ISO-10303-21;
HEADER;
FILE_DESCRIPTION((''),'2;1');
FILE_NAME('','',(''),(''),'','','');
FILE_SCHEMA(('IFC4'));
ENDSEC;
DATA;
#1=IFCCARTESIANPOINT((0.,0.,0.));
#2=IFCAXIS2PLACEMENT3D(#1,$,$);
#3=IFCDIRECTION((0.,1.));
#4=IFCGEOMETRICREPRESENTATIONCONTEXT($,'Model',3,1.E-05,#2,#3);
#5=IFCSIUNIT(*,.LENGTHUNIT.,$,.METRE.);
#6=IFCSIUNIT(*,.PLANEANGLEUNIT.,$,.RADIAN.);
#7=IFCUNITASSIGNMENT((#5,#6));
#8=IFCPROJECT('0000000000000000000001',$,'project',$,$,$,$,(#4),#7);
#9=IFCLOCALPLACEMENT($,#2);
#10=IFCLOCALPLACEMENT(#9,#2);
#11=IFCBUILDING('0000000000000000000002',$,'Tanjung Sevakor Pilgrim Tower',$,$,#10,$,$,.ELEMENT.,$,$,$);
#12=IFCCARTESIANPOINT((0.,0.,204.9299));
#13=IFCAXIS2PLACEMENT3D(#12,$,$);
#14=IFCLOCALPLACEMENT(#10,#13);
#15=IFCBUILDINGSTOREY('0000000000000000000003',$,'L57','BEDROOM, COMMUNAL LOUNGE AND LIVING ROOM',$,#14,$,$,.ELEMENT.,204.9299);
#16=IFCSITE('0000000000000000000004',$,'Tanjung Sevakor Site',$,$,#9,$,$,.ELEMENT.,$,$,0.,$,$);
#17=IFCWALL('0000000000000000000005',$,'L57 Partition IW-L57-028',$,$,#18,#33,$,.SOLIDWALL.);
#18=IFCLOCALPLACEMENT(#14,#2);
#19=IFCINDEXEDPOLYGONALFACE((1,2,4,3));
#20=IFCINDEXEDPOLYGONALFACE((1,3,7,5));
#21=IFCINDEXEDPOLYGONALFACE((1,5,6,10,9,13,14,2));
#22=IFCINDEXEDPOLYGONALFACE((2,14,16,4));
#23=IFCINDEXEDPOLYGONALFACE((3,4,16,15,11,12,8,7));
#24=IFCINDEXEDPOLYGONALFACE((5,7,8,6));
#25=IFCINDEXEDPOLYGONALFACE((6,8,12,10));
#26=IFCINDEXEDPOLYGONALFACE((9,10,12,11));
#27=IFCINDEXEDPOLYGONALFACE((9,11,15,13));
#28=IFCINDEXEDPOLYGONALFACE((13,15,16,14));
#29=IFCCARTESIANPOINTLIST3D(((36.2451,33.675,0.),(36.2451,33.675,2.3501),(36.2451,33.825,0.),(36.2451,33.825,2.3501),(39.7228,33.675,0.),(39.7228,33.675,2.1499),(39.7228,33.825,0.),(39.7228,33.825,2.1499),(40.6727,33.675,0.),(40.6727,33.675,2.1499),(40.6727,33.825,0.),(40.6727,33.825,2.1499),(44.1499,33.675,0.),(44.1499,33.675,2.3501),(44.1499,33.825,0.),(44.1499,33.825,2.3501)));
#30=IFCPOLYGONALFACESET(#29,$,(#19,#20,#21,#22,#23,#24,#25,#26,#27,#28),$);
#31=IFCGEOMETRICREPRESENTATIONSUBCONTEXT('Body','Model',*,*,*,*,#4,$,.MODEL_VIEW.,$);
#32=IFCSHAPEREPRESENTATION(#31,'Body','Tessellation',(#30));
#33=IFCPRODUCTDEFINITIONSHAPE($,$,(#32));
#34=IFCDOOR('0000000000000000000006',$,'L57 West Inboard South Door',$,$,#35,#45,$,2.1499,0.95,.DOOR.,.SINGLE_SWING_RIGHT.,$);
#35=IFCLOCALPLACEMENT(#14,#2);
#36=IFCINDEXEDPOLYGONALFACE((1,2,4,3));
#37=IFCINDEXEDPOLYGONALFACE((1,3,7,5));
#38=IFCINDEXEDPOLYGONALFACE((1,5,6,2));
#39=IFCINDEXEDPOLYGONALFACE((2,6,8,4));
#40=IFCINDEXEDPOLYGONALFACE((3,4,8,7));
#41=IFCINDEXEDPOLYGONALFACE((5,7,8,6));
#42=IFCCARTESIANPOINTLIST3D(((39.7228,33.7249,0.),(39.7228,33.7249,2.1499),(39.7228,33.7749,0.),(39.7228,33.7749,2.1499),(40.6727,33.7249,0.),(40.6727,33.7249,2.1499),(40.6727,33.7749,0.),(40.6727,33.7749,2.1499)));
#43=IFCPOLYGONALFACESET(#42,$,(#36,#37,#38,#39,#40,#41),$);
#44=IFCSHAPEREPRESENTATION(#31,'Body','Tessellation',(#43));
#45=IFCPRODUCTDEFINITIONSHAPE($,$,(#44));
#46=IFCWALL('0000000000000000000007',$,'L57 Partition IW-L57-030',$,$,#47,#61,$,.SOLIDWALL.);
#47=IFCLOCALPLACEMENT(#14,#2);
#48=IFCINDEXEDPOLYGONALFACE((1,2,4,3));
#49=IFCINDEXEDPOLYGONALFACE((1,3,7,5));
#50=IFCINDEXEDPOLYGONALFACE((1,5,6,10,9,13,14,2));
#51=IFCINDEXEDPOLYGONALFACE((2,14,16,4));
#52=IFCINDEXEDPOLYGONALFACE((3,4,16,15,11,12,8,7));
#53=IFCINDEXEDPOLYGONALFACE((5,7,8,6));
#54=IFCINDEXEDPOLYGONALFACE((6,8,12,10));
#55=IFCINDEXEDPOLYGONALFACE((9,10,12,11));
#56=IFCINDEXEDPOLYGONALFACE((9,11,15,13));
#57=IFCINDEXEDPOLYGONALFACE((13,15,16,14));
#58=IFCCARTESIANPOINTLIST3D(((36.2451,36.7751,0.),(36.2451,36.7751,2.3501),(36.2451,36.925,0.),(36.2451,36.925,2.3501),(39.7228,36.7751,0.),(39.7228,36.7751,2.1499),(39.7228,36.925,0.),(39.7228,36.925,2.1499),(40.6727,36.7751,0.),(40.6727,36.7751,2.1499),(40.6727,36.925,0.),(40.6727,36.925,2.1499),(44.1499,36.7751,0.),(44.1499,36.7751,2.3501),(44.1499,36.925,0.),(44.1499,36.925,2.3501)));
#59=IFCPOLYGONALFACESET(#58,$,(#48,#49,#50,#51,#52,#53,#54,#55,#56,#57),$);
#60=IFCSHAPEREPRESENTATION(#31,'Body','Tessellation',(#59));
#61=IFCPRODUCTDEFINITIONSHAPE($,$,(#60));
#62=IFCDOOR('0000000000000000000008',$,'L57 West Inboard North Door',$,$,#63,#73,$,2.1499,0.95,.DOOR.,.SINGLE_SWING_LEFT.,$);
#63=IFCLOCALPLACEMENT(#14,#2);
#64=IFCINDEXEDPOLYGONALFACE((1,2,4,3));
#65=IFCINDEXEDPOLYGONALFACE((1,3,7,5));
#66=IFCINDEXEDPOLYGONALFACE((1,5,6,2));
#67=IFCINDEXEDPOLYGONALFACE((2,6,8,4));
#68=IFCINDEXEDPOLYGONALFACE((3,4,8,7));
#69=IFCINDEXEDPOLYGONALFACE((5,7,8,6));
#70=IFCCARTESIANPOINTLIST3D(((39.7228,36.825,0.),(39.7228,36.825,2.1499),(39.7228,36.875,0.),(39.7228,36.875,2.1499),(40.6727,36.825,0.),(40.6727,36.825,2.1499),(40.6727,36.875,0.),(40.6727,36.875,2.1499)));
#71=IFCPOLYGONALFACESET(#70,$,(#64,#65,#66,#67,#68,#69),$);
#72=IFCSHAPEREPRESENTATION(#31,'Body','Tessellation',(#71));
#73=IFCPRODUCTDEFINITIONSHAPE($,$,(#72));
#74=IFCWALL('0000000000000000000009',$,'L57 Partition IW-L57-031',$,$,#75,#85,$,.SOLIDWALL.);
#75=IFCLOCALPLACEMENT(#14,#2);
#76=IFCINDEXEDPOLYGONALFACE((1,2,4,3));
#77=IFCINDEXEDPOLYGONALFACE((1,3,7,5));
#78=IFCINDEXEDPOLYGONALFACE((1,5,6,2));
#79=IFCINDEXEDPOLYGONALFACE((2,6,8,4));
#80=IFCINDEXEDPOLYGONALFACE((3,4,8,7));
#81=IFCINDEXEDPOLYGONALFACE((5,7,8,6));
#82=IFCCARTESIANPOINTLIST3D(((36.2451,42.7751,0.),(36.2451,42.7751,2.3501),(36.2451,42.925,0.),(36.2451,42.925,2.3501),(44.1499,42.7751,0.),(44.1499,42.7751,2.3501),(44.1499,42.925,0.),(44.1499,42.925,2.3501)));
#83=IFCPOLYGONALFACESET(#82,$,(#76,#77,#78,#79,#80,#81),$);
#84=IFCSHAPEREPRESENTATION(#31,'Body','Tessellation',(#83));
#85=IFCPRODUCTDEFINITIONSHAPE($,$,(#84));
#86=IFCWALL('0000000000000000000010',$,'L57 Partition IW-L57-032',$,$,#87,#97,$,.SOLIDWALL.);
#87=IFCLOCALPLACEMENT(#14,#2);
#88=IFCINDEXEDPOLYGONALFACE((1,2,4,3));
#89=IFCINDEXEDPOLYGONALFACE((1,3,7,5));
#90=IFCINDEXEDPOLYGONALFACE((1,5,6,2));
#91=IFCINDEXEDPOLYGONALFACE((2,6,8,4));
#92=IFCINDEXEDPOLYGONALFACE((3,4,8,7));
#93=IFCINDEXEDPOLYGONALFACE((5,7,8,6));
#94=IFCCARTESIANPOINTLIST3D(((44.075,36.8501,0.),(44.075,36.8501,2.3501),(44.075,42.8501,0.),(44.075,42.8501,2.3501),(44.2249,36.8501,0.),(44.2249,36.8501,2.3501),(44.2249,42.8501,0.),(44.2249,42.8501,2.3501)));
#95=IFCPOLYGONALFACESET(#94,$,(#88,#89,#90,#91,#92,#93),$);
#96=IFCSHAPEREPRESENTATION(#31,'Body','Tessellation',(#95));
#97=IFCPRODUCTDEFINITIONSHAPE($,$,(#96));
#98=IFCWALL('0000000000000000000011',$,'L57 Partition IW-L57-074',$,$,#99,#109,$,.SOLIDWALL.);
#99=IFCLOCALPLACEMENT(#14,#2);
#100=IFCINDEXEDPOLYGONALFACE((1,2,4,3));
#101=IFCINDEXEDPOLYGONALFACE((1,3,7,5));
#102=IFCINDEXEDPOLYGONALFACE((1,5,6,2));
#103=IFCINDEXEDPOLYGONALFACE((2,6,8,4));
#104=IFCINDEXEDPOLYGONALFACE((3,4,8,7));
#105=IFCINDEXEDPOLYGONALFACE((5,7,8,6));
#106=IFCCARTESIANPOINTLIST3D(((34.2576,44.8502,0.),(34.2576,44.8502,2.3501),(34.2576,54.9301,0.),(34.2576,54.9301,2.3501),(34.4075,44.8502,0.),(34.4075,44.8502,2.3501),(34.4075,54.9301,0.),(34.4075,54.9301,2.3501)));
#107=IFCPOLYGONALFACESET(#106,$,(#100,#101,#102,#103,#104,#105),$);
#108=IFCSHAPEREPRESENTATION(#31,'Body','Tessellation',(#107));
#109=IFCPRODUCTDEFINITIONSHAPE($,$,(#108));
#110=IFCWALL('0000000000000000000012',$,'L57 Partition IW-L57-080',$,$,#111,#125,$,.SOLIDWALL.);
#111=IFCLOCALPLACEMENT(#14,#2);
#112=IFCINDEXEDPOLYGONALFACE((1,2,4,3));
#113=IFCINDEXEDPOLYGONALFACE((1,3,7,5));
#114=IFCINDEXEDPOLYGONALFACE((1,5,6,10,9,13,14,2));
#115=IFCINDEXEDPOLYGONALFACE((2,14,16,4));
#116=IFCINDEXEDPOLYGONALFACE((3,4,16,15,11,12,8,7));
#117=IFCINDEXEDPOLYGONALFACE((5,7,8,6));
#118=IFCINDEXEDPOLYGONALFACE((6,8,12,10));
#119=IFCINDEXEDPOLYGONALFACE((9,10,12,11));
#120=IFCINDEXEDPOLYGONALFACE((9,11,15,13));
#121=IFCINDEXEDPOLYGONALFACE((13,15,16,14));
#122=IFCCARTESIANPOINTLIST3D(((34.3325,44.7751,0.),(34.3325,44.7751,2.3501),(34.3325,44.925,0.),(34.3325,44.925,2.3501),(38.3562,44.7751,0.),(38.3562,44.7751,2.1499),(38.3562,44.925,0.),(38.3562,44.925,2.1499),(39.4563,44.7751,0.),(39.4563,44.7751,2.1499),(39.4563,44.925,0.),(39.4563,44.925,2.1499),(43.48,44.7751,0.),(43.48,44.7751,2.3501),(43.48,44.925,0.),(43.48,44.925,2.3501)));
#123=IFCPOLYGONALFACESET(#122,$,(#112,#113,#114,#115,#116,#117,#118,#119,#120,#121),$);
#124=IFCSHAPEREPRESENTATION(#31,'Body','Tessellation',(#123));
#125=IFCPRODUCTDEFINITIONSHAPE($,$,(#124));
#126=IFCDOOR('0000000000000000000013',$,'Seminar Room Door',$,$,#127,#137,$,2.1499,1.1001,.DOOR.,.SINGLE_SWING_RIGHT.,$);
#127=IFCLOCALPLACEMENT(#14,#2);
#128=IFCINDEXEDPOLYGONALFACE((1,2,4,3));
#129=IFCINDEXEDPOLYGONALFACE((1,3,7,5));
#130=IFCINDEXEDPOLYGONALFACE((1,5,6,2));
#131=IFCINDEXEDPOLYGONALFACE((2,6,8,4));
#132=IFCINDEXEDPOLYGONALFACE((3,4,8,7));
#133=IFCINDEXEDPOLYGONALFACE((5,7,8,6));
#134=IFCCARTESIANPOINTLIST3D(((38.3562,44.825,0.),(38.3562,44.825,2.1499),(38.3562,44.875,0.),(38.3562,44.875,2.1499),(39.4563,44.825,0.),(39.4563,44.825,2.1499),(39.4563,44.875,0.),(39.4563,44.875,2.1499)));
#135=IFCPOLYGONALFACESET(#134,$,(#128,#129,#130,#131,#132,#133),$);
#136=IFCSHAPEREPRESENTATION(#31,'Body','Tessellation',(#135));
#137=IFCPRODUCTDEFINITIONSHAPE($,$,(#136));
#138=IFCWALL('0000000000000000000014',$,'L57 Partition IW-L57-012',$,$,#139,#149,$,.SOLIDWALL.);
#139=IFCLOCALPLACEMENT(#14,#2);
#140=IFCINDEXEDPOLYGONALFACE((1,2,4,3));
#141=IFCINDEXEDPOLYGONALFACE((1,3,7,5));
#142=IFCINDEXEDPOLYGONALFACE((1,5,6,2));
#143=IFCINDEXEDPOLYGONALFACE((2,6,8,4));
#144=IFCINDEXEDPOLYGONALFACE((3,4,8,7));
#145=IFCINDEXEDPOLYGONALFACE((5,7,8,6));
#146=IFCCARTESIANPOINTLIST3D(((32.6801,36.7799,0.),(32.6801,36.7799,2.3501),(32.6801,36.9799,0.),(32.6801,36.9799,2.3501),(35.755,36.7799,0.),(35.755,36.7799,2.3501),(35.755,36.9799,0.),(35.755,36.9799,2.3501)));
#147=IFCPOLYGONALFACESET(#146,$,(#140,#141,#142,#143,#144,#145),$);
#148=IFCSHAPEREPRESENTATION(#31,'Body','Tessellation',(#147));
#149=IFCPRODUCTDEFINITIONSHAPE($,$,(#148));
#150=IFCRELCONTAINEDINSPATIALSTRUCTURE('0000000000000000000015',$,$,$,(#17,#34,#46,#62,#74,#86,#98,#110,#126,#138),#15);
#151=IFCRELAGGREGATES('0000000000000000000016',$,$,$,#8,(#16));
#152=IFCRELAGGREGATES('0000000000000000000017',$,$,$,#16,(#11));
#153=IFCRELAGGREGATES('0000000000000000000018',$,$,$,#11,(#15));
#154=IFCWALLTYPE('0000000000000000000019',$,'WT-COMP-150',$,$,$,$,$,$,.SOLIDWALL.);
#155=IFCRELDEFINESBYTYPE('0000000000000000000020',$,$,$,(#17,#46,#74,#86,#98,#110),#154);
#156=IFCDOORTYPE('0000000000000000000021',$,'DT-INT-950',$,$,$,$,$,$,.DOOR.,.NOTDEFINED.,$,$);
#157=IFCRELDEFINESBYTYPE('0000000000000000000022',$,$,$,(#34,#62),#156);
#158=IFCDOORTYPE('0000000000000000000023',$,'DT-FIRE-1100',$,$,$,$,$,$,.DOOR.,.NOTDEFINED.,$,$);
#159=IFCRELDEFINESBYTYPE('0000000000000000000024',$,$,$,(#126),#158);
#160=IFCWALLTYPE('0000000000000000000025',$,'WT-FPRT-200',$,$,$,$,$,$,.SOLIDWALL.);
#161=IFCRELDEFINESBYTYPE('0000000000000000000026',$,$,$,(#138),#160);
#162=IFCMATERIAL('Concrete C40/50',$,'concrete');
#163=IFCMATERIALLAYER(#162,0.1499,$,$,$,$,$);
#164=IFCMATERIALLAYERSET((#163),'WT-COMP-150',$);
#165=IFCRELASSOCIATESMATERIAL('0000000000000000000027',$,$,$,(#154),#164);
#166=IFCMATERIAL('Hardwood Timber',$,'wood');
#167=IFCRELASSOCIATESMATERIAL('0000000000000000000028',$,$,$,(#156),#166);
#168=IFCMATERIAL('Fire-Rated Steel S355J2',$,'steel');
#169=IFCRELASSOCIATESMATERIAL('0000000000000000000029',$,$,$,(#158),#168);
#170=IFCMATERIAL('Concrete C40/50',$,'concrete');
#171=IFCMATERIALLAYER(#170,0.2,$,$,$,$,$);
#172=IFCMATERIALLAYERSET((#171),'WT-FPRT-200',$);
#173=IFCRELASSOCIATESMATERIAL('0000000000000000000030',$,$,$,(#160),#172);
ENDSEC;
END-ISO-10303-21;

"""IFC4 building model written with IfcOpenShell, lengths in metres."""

from ifc_helpers import new_model, si_unit, direction, frame, frame_2d, origin, place, context, subcontext, project, spatial, rectangle, extrude, material, layer, layer_set, type_object, element, fill, save


model = new_model("IFC4")

# Units and contexts
model_context = context("Model", 3, precision=1e-05, world=origin(), true_north=direction((0.0, 1.0)))
body_context = subcontext(model_context, "Body", "Model", "MODEL_VIEW")
ifc_project = project(units=[si_unit("LENGTHUNIT", "METRE"), si_unit("PLANEANGLEUNIT", "RADIAN")], contexts=[model_context])

# Site, building, storey
site_placement = place(None, origin())
site = spatial("IfcSite", under=ifc_project, at=site_placement, Name="Tanjung Sevakor Site", CompositionType="ELEMENT", RefElevation=0.0)
building_placement = place(site_placement, origin())
building = spatial("IfcBuilding", under=site, at=building_placement, Name="Tanjung Sevakor Pilgrim Tower", CompositionType="ELEMENT")
storey_placement = place(building_placement, frame((0.0, 0.0, 204.9299)))
storey = spatial("IfcBuildingStorey", under=building, at=storey_placement, Name="L57", Description="BEDROOM, COMMUNAL LOUNGE AND LIVING ROOM", CompositionType="ELEMENT", Elevation=204.9299)

# Shared definitions
ifc_material_1 = material(Name="Concrete C40/50", Category="concrete")
ifc_layer_1 = layer(ifc_material_1, 0.1499)
ifc_layer_set_1 = layer_set([ifc_layer_1], Name="WT-COMP-150")
wall_type_1 = type_object("IfcWallType", Name="WT-COMP-150", PredefinedType="SOLIDWALL", material=ifc_layer_set_1)

# Walls, openings, doors
wall_1_placement = place(storey_placement, frame((36.2451, 33.75, 0.0), z_axis=(0.0, 0.0, 1.0), x_axis=(1.0, 0.0, 0.0)))
wall_1 = element("IfcWall", 1, at=wall_1_placement, inside=storey, type_object=wall_type_1, Name="L57 Partition IW-L57-028", PredefinedType="SOLIDWALL", context=body_context, shape_type="SweptSolid", body=[
    extrude(rectangle(XDim=7.9048, YDim=0.1499, at=frame_2d((3.9524, 0.0))), origin(), (0.0, 0.0, 1.0), 2.3501),
])
opening_1_placement = place(wall_1_placement, frame((3.4775, 0.0, 0.0)))
opening_1 = element("IfcOpeningElement", 2, at=opening_1_placement, cuts=wall_1, PredefinedType="OPENING", context=body_context, shape_type="SweptSolid", body=[
    extrude(rectangle(XDim=0.95, YDim=2.1499, at=frame_2d((0.4751, 1.075))), frame((0.0, 0.085, 0.0), z_axis=(0.0, -1.0, 0.0), x_axis=(1.0, 0.0, 0.0)), (0.0, 0.0, 1.0), 0.1699),
])
ifc_material_2 = material(Name="Hardwood Timber", Category="wood")
door_type_1 = type_object("IfcDoorType", Name="DT-INT-950", OperationType="NOTDEFINED", PredefinedType="DOOR", material=ifc_material_2)
door_1_placement = place(opening_1_placement, origin())
door_1 = element("IfcDoor", 3, at=door_1_placement, inside=storey, type_object=door_type_1, Name="L57 West Inboard South Door", OperationType="SINGLE_SWING_RIGHT", OverallHeight=2.1499, OverallWidth=0.95, PredefinedType="DOOR", context=body_context, shape_type="SweptSolid", body=[
    extrude(rectangle(XDim=0.95, YDim=2.1499, at=frame_2d((0.4751, 1.075))), frame((0.0, 0.0249, 0.0), z_axis=(0.0, -1.0, 0.0), x_axis=(1.0, 0.0, 0.0)), (0.0, 0.0, 1.0), 0.05),
])
fill(opening_1, door_1)
wall_2_placement = place(storey_placement, frame((36.2451, 36.8501, 0.0), z_axis=(0.0, 0.0, 1.0), x_axis=(1.0, 0.0, 0.0)))
wall_2 = element("IfcWall", 4, at=wall_2_placement, inside=storey, type_object=wall_type_1, Name="L57 Partition IW-L57-030", PredefinedType="SOLIDWALL", context=body_context, shape_type="SweptSolid", body=[
    extrude(rectangle(XDim=7.9048, YDim=0.1499, at=frame_2d((3.9524, 0.0))), origin(), (0.0, 0.0, 1.0), 2.3501),
])
opening_2_placement = place(wall_2_placement, frame((3.4775, 0.0, 0.0)))
opening_2 = element("IfcOpeningElement", 5, at=opening_2_placement, cuts=wall_2, PredefinedType="OPENING", context=body_context, shape_type="SweptSolid", body=[
    extrude(rectangle(XDim=0.95, YDim=2.1499, at=frame_2d((0.4751, 1.075))), frame((0.0, 0.085, 0.0), z_axis=(0.0, -1.0, 0.0), x_axis=(1.0, 0.0, 0.0)), (0.0, 0.0, 1.0), 0.1699),
])
door_2_placement = place(opening_2_placement, origin())
door_2 = element("IfcDoor", 6, at=door_2_placement, inside=storey, type_object=door_type_1, Name="L57 West Inboard North Door", OperationType="SINGLE_SWING_LEFT", OverallHeight=2.1499, OverallWidth=0.95, PredefinedType="DOOR", context=body_context, shape_type="SweptSolid", body=[
    extrude(rectangle(XDim=0.95, YDim=2.1499, at=frame_2d((0.4751, 1.075))), frame((0.0, 0.0249, 0.0), z_axis=(0.0, -1.0, 0.0), x_axis=(1.0, 0.0, 0.0)), (0.0, 0.0, 1.0), 0.05),
])
fill(opening_2, door_2)

# Walls
wall_3_placement = place(storey_placement, frame((36.2451, 42.8501, 0.0), z_axis=(0.0, 0.0, 1.0), x_axis=(1.0, 0.0, 0.0)))
element("IfcWall", 7, at=wall_3_placement, inside=storey, type_object=wall_type_1, Name="L57 Partition IW-L57-031", PredefinedType="SOLIDWALL", context=body_context, shape_type="SweptSolid", body=[
    extrude(rectangle(XDim=7.9048, YDim=0.1499, at=frame_2d((3.9524, 0.0))), origin(), (0.0, 0.0, 1.0), 2.3501),
])
wall_4_placement = place(storey_placement, frame((44.1499, 36.8501, 0.0), z_axis=(0.0, 0.0, 1.0), x_axis=(0.0, 1.0, 0.0)))
element("IfcWall", 8, at=wall_4_placement, inside=storey, type_object=wall_type_1, Name="L57 Partition IW-L57-032", PredefinedType="SOLIDWALL", context=body_context, shape_type="SweptSolid", body=[
    extrude(rectangle(XDim=6.0, YDim=0.1499, at=frame_2d((3.0, 0.0))), origin(), (0.0, 0.0, 1.0), 2.3501),
])
wall_5_placement = place(storey_placement, frame((34.3325, 44.8501, 0.0), z_axis=(0.0, 0.0, 1.0), x_axis=(0.0, 1.0, 0.0)))
element("IfcWall", 9, at=wall_5_placement, inside=storey, type_object=wall_type_1, Name="L57 Partition IW-L57-074", PredefinedType="SOLIDWALL", context=body_context, shape_type="SweptSolid", body=[
    extrude(rectangle(XDim=10.0798, YDim=0.1499, at=frame_2d((5.04, 0.0))), origin(), (0.0, 0.0, 1.0), 2.3501),
])

# Wall, opening, door
wall_6_placement = place(storey_placement, frame((34.3325, 44.8501, 0.0), z_axis=(0.0, 0.0, 1.0), x_axis=(1.0, 0.0, 0.0)))
wall_6 = element("IfcWall", 10, at=wall_6_placement, inside=storey, type_object=wall_type_1, Name="L57 Partition IW-L57-080", PredefinedType="SOLIDWALL", context=body_context, shape_type="SweptSolid", body=[
    extrude(rectangle(XDim=9.1475, YDim=0.1499, at=frame_2d((4.5737, 0.0))), origin(), (0.0, 0.0, 1.0), 2.3501),
])
opening_3_placement = place(wall_6_placement, frame((4.0237, 0.0, 0.0)))
opening_3 = element("IfcOpeningElement", 11, at=opening_3_placement, cuts=wall_6, PredefinedType="OPENING", context=body_context, shape_type="SweptSolid", body=[
    extrude(rectangle(XDim=1.1001, YDim=2.1499, at=frame_2d((0.55, 1.075))), frame((0.0, 0.085, 0.0), z_axis=(0.0, -1.0, 0.0), x_axis=(1.0, 0.0, 0.0)), (0.0, 0.0, 1.0), 0.1699),
])
ifc_material_3 = material(Name="Fire-Rated Steel S355J2", Category="steel")
door_type_2 = type_object("IfcDoorType", Name="DT-FIRE-1100", OperationType="NOTDEFINED", PredefinedType="DOOR", material=ifc_material_3)
door_3_placement = place(opening_3_placement, origin())
door_3 = element("IfcDoor", 12, at=door_3_placement, inside=storey, type_object=door_type_2, Name="Seminar Room Door", OperationType="SINGLE_SWING_RIGHT", OverallHeight=2.1499, OverallWidth=1.1001, PredefinedType="DOOR", context=body_context, shape_type="SweptSolid", body=[
    extrude(rectangle(XDim=1.1001, YDim=2.1499, at=frame_2d((0.55, 1.075))), frame((0.0, 0.0249, 0.0), z_axis=(0.0, -1.0, 0.0), x_axis=(1.0, 0.0, 0.0)), (0.0, 0.0, 1.0), 0.05),
])
fill(opening_3, door_3)

# Wall
ifc_material_4 = material(Name="Concrete C40/50", Category="concrete")
ifc_layer_2 = layer(ifc_material_4, 0.2)
ifc_layer_set_2 = layer_set([ifc_layer_2], Name="WT-FPRT-200")
wall_type_2 = type_object("IfcWallType", Name="WT-FPRT-200", PredefinedType="SOLIDWALL", material=ifc_layer_set_2)
wall_7_placement = place(storey_placement, frame((32.6799, 36.8799, 0.0), z_axis=(0.0, 0.0, 1.0), x_axis=(1.0, 0.0, 0.0)))
element("IfcWall", 13, at=wall_7_placement, inside=storey, type_object=wall_type_2, Name="L57 Partition IW-L57-012", PredefinedType="SOLIDWALL", context=body_context, shape_type="SweptSolid", body=[
    extrude(rectangle(XDim=3.075, YDim=0.2, at=frame_2d((1.5376, 0.0))), origin(), (0.0, 0.0, 1.0), 2.3501),
])

save(model, "model.ifc")
